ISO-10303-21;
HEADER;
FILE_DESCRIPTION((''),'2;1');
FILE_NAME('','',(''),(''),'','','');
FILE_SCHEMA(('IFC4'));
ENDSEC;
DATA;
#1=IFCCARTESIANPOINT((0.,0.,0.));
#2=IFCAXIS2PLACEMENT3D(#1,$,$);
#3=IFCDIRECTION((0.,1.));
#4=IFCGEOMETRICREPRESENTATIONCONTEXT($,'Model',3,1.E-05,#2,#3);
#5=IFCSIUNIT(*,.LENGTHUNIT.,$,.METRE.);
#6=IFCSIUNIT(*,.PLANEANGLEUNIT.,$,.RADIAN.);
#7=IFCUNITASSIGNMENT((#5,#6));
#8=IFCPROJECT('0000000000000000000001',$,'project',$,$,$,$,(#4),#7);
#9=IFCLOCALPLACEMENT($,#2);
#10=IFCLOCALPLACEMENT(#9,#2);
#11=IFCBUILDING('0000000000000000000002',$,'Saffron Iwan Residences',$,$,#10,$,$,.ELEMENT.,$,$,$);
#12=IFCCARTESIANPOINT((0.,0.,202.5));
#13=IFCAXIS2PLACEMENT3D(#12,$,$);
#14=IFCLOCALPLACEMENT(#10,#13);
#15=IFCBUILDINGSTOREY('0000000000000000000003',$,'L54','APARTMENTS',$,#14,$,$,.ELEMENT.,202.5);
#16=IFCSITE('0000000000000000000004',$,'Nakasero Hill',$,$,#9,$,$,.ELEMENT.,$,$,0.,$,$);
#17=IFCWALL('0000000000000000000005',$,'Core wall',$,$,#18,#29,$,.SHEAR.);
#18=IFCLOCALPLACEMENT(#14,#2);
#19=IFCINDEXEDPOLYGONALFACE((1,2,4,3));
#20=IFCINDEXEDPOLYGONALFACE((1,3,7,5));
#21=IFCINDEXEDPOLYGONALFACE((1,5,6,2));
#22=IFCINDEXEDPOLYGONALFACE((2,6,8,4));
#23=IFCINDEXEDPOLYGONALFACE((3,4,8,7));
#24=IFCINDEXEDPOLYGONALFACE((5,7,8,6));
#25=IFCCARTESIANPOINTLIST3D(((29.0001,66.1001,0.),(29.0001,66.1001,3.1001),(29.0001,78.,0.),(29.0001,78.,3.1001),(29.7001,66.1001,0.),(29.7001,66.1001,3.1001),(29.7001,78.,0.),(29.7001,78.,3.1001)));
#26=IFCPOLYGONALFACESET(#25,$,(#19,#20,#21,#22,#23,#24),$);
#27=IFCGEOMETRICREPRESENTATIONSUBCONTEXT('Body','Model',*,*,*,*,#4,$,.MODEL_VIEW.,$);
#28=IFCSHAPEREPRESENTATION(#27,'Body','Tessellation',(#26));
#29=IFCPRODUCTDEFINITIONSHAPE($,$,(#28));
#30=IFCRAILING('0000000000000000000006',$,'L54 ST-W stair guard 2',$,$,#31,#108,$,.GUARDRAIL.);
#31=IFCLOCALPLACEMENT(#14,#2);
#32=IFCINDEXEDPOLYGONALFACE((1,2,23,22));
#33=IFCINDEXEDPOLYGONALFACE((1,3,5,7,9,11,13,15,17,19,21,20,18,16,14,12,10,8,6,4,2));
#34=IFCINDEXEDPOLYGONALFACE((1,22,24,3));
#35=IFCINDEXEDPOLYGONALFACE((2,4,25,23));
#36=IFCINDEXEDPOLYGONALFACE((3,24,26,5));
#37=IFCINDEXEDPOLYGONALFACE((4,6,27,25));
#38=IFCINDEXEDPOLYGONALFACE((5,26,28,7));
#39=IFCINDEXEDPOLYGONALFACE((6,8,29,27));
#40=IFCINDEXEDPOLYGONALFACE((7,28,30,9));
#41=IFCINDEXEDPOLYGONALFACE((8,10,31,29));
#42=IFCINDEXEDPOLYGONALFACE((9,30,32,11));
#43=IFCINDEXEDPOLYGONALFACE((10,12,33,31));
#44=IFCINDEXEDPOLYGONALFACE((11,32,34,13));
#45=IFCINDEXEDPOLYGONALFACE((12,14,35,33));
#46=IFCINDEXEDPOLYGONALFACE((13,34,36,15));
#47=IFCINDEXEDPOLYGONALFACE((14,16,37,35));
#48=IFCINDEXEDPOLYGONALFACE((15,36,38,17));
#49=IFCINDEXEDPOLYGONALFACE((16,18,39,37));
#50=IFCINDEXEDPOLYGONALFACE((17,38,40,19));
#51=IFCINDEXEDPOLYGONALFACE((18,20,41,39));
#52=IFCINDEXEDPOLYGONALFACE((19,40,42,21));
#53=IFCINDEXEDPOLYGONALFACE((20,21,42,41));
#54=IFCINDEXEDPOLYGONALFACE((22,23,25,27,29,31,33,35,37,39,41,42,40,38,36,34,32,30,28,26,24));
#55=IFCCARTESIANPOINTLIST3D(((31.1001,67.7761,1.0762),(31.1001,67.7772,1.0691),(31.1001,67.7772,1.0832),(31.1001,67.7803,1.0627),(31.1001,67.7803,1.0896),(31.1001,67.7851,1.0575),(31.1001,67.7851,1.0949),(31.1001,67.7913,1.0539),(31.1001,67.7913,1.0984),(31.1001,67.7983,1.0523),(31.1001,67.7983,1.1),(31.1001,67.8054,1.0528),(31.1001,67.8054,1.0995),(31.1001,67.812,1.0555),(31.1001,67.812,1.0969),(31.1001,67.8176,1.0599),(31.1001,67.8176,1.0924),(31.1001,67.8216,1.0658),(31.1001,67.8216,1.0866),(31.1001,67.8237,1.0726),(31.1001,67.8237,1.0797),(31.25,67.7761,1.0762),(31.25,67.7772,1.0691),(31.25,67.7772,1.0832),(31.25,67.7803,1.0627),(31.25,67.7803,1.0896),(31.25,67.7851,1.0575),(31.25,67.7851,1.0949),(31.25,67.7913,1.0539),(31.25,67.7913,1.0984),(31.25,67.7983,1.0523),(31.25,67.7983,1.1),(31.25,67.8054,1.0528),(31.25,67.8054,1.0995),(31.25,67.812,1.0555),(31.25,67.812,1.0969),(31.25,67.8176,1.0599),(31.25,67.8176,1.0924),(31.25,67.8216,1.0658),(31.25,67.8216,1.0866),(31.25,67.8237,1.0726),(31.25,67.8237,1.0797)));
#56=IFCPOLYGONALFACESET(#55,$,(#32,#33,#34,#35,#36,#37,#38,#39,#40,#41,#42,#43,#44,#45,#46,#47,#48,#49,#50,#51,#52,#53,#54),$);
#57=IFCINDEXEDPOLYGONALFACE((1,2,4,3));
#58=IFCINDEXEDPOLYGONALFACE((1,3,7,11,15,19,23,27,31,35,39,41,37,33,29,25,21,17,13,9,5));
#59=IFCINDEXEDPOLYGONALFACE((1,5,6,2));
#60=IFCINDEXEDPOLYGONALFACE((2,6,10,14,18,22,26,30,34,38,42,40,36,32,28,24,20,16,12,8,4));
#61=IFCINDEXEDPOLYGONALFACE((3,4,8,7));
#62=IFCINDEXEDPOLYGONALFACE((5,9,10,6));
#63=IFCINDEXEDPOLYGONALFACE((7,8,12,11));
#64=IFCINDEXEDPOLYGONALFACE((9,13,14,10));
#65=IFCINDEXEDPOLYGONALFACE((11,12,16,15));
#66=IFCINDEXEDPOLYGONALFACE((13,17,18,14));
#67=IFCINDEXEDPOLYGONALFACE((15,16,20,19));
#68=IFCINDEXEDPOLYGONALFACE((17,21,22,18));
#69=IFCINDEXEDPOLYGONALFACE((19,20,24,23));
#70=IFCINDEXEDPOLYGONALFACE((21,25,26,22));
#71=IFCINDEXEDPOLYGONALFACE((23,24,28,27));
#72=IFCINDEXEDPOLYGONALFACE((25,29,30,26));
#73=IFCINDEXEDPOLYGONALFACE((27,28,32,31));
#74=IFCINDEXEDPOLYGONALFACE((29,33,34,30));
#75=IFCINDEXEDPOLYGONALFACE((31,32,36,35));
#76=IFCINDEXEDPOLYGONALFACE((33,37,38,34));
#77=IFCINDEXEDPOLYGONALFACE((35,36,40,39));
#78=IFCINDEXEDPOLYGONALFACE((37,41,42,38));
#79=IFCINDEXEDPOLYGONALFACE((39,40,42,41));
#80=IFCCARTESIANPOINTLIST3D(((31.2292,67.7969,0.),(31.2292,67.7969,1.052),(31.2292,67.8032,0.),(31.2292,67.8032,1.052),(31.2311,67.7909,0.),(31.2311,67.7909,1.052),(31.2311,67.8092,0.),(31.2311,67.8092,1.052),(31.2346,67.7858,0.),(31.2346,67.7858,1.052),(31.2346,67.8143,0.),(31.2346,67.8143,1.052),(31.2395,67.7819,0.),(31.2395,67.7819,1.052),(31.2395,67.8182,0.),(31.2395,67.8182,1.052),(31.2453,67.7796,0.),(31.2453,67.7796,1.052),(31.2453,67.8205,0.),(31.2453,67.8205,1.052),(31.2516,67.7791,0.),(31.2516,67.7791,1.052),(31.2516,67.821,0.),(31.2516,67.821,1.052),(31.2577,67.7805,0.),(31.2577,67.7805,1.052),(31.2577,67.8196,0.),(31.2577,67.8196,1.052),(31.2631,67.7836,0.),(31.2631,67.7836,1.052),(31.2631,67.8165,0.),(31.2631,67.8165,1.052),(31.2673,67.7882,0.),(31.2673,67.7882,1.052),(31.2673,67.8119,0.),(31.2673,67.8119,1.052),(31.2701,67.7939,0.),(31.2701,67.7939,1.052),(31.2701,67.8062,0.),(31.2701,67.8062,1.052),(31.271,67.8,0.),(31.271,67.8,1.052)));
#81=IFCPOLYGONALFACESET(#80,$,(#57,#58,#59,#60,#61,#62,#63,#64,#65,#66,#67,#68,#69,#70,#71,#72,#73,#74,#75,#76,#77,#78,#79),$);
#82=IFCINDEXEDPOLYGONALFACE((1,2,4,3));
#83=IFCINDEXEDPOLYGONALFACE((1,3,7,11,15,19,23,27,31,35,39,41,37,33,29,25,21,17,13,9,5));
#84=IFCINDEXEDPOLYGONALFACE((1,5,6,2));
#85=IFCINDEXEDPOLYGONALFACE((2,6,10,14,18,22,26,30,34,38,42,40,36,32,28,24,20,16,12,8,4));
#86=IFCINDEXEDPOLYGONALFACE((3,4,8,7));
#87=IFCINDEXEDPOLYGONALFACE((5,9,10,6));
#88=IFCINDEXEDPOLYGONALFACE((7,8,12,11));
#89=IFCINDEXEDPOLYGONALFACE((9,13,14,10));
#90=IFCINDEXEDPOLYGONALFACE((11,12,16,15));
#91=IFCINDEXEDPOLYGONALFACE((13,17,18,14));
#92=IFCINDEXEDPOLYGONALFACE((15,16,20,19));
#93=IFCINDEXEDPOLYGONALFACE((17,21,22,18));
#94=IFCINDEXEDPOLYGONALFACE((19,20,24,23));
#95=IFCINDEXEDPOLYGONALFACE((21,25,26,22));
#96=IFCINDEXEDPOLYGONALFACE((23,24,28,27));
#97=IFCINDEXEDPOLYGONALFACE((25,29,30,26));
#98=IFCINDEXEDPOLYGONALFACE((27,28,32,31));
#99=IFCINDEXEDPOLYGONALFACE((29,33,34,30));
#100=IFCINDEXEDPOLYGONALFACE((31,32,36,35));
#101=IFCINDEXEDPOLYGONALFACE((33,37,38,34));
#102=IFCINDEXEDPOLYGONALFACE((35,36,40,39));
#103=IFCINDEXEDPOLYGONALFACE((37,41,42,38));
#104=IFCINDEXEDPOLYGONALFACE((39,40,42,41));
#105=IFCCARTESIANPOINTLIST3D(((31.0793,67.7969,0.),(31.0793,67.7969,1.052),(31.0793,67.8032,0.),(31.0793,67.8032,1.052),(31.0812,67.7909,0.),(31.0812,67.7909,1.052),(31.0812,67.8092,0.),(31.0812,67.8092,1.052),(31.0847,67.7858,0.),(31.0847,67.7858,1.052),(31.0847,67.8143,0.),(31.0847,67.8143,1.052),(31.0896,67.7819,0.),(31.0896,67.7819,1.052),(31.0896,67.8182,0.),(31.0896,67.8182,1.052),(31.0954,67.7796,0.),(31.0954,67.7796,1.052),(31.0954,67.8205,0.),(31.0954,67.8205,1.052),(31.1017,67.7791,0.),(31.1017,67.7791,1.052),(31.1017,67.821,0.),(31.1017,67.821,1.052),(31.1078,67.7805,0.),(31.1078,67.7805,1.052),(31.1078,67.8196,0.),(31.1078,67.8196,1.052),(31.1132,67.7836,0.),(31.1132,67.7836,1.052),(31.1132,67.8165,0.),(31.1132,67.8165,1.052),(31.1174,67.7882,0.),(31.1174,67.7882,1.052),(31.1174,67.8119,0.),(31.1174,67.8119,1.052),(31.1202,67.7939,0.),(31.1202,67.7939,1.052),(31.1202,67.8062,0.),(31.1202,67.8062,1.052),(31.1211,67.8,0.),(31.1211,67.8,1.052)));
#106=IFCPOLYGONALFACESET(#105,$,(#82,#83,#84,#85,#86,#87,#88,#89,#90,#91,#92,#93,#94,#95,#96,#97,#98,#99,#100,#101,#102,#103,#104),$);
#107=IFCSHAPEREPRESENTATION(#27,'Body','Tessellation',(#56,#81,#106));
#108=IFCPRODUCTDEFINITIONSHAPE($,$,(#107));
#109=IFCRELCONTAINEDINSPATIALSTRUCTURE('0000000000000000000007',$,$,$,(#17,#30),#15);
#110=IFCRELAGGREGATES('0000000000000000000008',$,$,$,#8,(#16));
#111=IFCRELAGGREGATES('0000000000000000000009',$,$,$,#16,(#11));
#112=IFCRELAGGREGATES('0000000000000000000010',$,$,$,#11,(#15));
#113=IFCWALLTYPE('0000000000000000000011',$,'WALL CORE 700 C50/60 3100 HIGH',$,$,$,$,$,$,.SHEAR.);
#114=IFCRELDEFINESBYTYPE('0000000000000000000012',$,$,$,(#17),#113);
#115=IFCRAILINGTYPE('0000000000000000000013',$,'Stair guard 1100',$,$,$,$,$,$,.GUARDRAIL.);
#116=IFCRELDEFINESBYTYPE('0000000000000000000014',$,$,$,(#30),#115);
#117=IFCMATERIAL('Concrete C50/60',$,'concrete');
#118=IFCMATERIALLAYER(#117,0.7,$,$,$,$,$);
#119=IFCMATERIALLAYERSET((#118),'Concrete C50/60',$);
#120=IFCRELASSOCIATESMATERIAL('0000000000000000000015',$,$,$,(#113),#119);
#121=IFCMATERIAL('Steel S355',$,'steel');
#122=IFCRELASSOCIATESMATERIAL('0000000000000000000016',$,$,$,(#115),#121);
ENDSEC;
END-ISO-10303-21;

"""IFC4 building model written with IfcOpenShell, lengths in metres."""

from ifc_helpers import new_model, si_unit, direction, frame, frame_2d, origin, origin_2d, place, context, subcontext, project, spatial, rectangle, circle, extrude, material, layer, layer_set, type_object, element, save


model = new_model("IFC4")

# Units and contexts
model_context = context("Model", 3, precision=1e-05, world=origin(), true_north=direction((0.0, 1.0)))
body_context = subcontext(model_context, "Body", "Model", "MODEL_VIEW")
ifc_project = project(units=[si_unit("LENGTHUNIT", "METRE"), si_unit("PLANEANGLEUNIT", "RADIAN")], contexts=[model_context])

# Site, building, storey
site_placement = place(None, origin())
site = spatial("IfcSite", under=ifc_project, at=site_placement, Name="Nakasero Hill", CompositionType="ELEMENT", RefElevation=0.0)
building_placement = place(site_placement, origin())
building = spatial("IfcBuilding", under=site, at=building_placement, Name="Saffron Iwan Residences", CompositionType="ELEMENT")
storey_placement = place(building_placement, frame((0.0, 0.0, 202.5)))
storey = spatial("IfcBuildingStorey", under=building, at=storey_placement, Name="L54", Description="APARTMENTS", CompositionType="ELEMENT", Elevation=202.5)

# Shared definitions
ifc_material_1 = material(Name="Concrete C50/60", Category="concrete")

# Wall
ifc_layer_1 = layer(ifc_material_1, 0.7)
ifc_layer_set_1 = layer_set([ifc_layer_1], Name="Concrete C50/60")
wall_type_1 = type_object("IfcWallType", Name="WALL CORE 700 C50/60 3100 HIGH", PredefinedType="SHEAR", material=ifc_layer_set_1)
wall_1_placement = place(storey_placement, frame((29.3501, 66.1001, 0.0), z_axis=(0.0, 0.0, 1.0), x_axis=(0.0, 1.0, 0.0)))
element("IfcWall", 1, at=wall_1_placement, inside=storey, type_object=wall_type_1, Name="Core wall", PredefinedType="SHEAR", context=body_context, shape_type="SweptSolid", body=[
    extrude(rectangle(XDim=11.8999, YDim=0.7, at=frame_2d((5.95, 0.0))), origin(), (0.0, 0.0, 1.0), 3.1001),
])

# Railing
ifc_material_2 = material(Name="Steel S355", Category="steel")
railing_type = type_object("IfcRailingType", Name="Stair guard 1100", PredefinedType="GUARDRAIL", material=ifc_material_2)
railing_1_placement = place(storey_placement, frame((31.25, 67.8, 0.0)))
element("IfcRailing", 2, at=railing_1_placement, inside=storey, type_object=railing_type, Name="L54 ST-W stair guard 2", PredefinedType="GUARDRAIL", context=body_context, shape_type="SweptSolid", body=[
    extrude(circle(Radius=0.0239, at=origin_2d()), frame((0.0, 0.0, 1.0762), z_axis=(-1.0, 0.0, 0.0), x_axis=(0.0, -1.0, 0.0)), (0.0, 0.0, 1.0), 0.1499),
    extrude(circle(Radius=0.021, at=origin_2d()), origin(), (0.0, 0.0, 1.0), 1.052),
    extrude(circle(Radius=0.021, at=origin_2d()), frame((-0.1499, 0.0, 0.0)), (0.0, 0.0, 1.0), 1.052),
])

save(model, "model.ifc")
